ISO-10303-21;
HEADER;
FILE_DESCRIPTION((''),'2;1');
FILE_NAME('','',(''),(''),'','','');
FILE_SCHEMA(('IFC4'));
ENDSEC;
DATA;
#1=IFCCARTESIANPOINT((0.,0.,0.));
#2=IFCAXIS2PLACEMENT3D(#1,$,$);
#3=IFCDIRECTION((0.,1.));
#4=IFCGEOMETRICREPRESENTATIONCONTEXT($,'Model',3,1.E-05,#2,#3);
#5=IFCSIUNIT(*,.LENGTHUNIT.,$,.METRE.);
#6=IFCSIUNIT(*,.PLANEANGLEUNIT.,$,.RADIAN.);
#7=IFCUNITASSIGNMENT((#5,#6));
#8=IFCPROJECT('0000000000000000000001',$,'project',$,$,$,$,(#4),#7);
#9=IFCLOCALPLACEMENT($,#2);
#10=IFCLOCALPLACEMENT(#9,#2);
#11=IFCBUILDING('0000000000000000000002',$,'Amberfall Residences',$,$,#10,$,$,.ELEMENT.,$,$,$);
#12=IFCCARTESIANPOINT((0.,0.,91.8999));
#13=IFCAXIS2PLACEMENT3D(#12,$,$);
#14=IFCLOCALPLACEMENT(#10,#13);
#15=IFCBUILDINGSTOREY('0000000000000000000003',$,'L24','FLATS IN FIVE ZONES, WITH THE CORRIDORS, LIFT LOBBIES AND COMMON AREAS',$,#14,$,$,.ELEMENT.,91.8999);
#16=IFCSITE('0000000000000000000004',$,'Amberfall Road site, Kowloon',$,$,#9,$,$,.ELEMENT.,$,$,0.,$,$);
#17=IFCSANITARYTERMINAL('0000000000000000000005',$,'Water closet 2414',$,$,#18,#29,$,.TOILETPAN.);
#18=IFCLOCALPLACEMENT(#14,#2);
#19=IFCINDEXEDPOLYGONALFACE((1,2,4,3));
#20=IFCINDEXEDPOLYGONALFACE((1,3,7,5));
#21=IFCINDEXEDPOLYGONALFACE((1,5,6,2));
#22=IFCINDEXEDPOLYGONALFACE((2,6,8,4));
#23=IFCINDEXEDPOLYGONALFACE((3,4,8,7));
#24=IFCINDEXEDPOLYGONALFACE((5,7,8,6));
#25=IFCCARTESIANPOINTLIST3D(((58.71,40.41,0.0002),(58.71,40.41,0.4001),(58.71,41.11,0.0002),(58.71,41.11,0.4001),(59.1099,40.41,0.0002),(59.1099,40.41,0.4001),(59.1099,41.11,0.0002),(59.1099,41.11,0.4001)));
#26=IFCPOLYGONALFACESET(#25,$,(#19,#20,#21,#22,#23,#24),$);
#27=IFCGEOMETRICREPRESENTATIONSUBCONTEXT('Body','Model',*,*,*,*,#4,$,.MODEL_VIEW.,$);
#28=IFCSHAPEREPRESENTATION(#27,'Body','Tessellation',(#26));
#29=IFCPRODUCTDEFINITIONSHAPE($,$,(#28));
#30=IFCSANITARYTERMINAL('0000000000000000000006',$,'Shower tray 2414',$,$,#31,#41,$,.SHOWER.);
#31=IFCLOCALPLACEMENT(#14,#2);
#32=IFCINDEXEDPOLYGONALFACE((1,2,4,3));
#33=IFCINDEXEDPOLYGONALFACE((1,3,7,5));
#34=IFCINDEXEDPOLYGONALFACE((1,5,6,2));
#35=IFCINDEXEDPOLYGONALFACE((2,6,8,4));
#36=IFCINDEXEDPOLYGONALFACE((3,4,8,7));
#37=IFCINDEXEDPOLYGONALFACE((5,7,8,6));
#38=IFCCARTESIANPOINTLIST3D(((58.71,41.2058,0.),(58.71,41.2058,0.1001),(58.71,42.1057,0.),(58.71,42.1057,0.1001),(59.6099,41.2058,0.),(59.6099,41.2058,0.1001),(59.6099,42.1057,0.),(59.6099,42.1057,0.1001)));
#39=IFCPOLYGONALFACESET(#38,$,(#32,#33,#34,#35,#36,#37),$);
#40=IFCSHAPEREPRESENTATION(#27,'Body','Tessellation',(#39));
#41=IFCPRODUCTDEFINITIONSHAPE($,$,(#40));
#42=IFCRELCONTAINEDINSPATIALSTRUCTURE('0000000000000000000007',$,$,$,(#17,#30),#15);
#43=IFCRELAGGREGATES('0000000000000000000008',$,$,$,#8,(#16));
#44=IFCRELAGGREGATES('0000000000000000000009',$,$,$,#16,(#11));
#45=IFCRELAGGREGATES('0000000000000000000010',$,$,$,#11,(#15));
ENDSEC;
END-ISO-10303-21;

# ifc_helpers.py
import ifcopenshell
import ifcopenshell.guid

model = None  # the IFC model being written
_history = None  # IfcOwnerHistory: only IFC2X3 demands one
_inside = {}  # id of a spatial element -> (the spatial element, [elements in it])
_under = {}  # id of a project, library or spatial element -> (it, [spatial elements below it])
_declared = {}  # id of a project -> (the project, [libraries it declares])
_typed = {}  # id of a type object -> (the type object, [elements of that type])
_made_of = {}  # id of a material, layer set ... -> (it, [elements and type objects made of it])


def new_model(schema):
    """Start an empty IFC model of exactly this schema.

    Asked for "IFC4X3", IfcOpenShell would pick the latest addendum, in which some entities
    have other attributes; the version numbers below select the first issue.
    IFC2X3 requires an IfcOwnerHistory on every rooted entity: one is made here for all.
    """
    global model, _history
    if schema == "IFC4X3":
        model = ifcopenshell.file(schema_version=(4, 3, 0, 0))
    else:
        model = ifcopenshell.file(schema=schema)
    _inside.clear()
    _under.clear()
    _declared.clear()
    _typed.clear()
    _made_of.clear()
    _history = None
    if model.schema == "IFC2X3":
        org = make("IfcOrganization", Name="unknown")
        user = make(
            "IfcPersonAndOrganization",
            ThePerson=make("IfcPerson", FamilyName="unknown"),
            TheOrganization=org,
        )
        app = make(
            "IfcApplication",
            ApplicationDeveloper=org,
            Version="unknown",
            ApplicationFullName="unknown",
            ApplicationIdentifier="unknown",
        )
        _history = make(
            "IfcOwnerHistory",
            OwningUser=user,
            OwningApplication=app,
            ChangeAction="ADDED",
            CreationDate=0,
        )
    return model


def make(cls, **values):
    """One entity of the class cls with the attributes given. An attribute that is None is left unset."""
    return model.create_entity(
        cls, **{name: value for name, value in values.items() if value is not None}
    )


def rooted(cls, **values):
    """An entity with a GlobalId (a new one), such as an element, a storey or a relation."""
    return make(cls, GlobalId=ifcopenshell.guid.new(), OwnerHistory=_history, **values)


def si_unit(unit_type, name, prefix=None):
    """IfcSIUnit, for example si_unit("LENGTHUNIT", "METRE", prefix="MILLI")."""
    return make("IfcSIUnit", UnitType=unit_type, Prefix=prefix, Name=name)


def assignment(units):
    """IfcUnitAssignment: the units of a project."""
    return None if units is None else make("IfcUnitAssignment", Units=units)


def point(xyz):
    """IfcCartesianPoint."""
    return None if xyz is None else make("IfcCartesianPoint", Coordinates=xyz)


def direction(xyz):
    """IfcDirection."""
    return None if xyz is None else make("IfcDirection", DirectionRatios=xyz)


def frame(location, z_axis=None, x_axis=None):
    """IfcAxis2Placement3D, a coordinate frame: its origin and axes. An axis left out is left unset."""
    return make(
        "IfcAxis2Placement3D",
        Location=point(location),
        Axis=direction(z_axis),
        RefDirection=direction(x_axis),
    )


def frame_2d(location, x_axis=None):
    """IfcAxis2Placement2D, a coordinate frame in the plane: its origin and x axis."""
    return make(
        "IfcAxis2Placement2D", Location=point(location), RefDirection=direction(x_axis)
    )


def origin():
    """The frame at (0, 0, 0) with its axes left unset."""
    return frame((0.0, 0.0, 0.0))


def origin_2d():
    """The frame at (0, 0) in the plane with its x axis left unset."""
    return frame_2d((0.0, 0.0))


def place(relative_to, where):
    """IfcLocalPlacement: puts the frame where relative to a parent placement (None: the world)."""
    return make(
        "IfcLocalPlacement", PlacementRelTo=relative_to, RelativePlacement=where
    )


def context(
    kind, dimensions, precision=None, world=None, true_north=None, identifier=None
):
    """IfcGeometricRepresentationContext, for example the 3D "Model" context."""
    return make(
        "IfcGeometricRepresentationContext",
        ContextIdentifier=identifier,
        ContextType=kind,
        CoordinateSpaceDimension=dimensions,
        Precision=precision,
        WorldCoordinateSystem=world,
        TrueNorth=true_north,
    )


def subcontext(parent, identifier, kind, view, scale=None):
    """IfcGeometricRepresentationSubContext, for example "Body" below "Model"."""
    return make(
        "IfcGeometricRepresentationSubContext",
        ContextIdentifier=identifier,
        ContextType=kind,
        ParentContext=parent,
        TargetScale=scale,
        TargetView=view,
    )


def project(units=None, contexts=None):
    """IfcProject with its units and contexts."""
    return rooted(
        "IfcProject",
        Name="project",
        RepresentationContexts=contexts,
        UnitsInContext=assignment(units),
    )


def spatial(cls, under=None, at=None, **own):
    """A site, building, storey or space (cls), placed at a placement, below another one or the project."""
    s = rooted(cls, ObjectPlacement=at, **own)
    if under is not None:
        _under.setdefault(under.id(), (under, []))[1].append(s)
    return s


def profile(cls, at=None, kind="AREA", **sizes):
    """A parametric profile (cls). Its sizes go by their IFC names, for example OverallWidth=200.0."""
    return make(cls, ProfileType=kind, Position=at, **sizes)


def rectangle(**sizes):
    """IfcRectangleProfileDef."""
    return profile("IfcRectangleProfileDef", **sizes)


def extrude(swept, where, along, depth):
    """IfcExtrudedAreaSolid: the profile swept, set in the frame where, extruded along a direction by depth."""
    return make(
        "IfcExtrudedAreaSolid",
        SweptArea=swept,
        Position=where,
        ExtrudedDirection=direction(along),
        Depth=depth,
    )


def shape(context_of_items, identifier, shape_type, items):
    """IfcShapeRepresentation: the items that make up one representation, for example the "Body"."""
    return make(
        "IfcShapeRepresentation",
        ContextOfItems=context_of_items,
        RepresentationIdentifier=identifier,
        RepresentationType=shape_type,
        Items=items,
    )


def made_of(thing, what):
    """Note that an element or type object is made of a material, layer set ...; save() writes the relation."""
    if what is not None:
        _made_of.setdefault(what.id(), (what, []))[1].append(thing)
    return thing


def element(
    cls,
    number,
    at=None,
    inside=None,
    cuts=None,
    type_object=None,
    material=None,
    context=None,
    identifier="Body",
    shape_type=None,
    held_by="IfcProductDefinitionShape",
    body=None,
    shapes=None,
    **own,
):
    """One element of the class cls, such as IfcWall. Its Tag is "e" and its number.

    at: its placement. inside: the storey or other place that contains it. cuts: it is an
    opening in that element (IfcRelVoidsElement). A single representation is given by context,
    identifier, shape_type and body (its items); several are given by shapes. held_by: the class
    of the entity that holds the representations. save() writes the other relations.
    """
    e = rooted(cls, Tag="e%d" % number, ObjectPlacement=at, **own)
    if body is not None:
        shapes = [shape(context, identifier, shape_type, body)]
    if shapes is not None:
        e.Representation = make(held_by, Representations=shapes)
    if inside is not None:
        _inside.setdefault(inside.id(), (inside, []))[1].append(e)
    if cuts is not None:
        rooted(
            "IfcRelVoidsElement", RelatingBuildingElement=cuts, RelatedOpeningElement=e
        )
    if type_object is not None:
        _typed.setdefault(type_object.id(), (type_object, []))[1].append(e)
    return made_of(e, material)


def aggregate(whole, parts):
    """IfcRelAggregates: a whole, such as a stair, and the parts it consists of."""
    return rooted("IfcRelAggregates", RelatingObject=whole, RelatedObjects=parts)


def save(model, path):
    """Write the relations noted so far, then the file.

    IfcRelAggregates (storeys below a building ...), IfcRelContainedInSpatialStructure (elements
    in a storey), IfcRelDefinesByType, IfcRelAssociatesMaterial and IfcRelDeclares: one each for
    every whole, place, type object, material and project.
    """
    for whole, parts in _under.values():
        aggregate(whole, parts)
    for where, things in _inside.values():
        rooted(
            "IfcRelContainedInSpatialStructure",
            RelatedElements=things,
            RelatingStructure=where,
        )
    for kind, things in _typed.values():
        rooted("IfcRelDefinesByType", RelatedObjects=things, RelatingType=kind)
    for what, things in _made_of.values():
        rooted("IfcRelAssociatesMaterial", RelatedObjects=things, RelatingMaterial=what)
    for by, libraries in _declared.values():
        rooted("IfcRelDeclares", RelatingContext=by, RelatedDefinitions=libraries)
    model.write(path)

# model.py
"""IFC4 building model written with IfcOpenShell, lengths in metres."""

from ifc_helpers import new_model, si_unit, direction, frame, origin, origin_2d, place, context, subcontext, project, spatial, rectangle, extrude, element, save


model = new_model("IFC4")

# Units and contexts
model_context = context("Model", 3, precision=1e-05, world=origin(), true_north=direction((0.0, 1.0)))
body_context = subcontext(model_context, "Body", "Model", "MODEL_VIEW")
ifc_project = project(units=[si_unit("LENGTHUNIT", "METRE"), si_unit("PLANEANGLEUNIT", "RADIAN")], contexts=[model_context])

# Site, building, storey
site_placement = place(None, origin())
site = spatial("IfcSite", under=ifc_project, at=site_placement, Name="Amberfall Road site, Kowloon", CompositionType="ELEMENT", RefElevation=0.0)
building_placement = place(site_placement, origin())
building = spatial("IfcBuilding", under=site, at=building_placement, Name="Amberfall Residences", CompositionType="ELEMENT")
storey_placement = place(building_placement, frame((0.0, 0.0, 91.8999)))
storey = spatial("IfcBuildingStorey", under=building, at=storey_placement, Name="L24", Description="FLATS IN FIVE ZONES, WITH THE CORRIDORS, LIFT LOBBIES AND COMMON AREAS", CompositionType="ELEMENT", Elevation=91.8999)

# Sanitary terminals
sanitary_terminal_1_placement = place(storey_placement, frame((58.9099, 40.76, 0.0002), z_axis=(0.0, 0.0, 1.0), x_axis=(1.0, 0.0, 0.0)))
element("IfcSanitaryTerminal", 1, at=sanitary_terminal_1_placement, inside=storey, Name="Water closet 2414", PredefinedType="TOILETPAN", context=body_context, shape_type="SweptSolid", body=[
    extrude(rectangle(XDim=0.3999, YDim=0.7, at=origin_2d()), origin(), (0.0, 0.0, 1.0), 0.3999),
])
sanitary_terminal_2_placement = place(storey_placement, frame((59.1599, 41.6558, 0.0), z_axis=(0.0, 0.0, 1.0), x_axis=(1.0, 0.0, 0.0)))
element("IfcSanitaryTerminal", 2, at=sanitary_terminal_2_placement, inside=storey, Name="Shower tray 2414", PredefinedType="SHOWER", context=body_context, shape_type="SweptSolid", body=[
    extrude(rectangle(XDim=0.8999, YDim=0.8999, at=origin_2d()), origin(), (0.0, 0.0, 1.0), 0.1001),
])

save(model, "model.ifc")
